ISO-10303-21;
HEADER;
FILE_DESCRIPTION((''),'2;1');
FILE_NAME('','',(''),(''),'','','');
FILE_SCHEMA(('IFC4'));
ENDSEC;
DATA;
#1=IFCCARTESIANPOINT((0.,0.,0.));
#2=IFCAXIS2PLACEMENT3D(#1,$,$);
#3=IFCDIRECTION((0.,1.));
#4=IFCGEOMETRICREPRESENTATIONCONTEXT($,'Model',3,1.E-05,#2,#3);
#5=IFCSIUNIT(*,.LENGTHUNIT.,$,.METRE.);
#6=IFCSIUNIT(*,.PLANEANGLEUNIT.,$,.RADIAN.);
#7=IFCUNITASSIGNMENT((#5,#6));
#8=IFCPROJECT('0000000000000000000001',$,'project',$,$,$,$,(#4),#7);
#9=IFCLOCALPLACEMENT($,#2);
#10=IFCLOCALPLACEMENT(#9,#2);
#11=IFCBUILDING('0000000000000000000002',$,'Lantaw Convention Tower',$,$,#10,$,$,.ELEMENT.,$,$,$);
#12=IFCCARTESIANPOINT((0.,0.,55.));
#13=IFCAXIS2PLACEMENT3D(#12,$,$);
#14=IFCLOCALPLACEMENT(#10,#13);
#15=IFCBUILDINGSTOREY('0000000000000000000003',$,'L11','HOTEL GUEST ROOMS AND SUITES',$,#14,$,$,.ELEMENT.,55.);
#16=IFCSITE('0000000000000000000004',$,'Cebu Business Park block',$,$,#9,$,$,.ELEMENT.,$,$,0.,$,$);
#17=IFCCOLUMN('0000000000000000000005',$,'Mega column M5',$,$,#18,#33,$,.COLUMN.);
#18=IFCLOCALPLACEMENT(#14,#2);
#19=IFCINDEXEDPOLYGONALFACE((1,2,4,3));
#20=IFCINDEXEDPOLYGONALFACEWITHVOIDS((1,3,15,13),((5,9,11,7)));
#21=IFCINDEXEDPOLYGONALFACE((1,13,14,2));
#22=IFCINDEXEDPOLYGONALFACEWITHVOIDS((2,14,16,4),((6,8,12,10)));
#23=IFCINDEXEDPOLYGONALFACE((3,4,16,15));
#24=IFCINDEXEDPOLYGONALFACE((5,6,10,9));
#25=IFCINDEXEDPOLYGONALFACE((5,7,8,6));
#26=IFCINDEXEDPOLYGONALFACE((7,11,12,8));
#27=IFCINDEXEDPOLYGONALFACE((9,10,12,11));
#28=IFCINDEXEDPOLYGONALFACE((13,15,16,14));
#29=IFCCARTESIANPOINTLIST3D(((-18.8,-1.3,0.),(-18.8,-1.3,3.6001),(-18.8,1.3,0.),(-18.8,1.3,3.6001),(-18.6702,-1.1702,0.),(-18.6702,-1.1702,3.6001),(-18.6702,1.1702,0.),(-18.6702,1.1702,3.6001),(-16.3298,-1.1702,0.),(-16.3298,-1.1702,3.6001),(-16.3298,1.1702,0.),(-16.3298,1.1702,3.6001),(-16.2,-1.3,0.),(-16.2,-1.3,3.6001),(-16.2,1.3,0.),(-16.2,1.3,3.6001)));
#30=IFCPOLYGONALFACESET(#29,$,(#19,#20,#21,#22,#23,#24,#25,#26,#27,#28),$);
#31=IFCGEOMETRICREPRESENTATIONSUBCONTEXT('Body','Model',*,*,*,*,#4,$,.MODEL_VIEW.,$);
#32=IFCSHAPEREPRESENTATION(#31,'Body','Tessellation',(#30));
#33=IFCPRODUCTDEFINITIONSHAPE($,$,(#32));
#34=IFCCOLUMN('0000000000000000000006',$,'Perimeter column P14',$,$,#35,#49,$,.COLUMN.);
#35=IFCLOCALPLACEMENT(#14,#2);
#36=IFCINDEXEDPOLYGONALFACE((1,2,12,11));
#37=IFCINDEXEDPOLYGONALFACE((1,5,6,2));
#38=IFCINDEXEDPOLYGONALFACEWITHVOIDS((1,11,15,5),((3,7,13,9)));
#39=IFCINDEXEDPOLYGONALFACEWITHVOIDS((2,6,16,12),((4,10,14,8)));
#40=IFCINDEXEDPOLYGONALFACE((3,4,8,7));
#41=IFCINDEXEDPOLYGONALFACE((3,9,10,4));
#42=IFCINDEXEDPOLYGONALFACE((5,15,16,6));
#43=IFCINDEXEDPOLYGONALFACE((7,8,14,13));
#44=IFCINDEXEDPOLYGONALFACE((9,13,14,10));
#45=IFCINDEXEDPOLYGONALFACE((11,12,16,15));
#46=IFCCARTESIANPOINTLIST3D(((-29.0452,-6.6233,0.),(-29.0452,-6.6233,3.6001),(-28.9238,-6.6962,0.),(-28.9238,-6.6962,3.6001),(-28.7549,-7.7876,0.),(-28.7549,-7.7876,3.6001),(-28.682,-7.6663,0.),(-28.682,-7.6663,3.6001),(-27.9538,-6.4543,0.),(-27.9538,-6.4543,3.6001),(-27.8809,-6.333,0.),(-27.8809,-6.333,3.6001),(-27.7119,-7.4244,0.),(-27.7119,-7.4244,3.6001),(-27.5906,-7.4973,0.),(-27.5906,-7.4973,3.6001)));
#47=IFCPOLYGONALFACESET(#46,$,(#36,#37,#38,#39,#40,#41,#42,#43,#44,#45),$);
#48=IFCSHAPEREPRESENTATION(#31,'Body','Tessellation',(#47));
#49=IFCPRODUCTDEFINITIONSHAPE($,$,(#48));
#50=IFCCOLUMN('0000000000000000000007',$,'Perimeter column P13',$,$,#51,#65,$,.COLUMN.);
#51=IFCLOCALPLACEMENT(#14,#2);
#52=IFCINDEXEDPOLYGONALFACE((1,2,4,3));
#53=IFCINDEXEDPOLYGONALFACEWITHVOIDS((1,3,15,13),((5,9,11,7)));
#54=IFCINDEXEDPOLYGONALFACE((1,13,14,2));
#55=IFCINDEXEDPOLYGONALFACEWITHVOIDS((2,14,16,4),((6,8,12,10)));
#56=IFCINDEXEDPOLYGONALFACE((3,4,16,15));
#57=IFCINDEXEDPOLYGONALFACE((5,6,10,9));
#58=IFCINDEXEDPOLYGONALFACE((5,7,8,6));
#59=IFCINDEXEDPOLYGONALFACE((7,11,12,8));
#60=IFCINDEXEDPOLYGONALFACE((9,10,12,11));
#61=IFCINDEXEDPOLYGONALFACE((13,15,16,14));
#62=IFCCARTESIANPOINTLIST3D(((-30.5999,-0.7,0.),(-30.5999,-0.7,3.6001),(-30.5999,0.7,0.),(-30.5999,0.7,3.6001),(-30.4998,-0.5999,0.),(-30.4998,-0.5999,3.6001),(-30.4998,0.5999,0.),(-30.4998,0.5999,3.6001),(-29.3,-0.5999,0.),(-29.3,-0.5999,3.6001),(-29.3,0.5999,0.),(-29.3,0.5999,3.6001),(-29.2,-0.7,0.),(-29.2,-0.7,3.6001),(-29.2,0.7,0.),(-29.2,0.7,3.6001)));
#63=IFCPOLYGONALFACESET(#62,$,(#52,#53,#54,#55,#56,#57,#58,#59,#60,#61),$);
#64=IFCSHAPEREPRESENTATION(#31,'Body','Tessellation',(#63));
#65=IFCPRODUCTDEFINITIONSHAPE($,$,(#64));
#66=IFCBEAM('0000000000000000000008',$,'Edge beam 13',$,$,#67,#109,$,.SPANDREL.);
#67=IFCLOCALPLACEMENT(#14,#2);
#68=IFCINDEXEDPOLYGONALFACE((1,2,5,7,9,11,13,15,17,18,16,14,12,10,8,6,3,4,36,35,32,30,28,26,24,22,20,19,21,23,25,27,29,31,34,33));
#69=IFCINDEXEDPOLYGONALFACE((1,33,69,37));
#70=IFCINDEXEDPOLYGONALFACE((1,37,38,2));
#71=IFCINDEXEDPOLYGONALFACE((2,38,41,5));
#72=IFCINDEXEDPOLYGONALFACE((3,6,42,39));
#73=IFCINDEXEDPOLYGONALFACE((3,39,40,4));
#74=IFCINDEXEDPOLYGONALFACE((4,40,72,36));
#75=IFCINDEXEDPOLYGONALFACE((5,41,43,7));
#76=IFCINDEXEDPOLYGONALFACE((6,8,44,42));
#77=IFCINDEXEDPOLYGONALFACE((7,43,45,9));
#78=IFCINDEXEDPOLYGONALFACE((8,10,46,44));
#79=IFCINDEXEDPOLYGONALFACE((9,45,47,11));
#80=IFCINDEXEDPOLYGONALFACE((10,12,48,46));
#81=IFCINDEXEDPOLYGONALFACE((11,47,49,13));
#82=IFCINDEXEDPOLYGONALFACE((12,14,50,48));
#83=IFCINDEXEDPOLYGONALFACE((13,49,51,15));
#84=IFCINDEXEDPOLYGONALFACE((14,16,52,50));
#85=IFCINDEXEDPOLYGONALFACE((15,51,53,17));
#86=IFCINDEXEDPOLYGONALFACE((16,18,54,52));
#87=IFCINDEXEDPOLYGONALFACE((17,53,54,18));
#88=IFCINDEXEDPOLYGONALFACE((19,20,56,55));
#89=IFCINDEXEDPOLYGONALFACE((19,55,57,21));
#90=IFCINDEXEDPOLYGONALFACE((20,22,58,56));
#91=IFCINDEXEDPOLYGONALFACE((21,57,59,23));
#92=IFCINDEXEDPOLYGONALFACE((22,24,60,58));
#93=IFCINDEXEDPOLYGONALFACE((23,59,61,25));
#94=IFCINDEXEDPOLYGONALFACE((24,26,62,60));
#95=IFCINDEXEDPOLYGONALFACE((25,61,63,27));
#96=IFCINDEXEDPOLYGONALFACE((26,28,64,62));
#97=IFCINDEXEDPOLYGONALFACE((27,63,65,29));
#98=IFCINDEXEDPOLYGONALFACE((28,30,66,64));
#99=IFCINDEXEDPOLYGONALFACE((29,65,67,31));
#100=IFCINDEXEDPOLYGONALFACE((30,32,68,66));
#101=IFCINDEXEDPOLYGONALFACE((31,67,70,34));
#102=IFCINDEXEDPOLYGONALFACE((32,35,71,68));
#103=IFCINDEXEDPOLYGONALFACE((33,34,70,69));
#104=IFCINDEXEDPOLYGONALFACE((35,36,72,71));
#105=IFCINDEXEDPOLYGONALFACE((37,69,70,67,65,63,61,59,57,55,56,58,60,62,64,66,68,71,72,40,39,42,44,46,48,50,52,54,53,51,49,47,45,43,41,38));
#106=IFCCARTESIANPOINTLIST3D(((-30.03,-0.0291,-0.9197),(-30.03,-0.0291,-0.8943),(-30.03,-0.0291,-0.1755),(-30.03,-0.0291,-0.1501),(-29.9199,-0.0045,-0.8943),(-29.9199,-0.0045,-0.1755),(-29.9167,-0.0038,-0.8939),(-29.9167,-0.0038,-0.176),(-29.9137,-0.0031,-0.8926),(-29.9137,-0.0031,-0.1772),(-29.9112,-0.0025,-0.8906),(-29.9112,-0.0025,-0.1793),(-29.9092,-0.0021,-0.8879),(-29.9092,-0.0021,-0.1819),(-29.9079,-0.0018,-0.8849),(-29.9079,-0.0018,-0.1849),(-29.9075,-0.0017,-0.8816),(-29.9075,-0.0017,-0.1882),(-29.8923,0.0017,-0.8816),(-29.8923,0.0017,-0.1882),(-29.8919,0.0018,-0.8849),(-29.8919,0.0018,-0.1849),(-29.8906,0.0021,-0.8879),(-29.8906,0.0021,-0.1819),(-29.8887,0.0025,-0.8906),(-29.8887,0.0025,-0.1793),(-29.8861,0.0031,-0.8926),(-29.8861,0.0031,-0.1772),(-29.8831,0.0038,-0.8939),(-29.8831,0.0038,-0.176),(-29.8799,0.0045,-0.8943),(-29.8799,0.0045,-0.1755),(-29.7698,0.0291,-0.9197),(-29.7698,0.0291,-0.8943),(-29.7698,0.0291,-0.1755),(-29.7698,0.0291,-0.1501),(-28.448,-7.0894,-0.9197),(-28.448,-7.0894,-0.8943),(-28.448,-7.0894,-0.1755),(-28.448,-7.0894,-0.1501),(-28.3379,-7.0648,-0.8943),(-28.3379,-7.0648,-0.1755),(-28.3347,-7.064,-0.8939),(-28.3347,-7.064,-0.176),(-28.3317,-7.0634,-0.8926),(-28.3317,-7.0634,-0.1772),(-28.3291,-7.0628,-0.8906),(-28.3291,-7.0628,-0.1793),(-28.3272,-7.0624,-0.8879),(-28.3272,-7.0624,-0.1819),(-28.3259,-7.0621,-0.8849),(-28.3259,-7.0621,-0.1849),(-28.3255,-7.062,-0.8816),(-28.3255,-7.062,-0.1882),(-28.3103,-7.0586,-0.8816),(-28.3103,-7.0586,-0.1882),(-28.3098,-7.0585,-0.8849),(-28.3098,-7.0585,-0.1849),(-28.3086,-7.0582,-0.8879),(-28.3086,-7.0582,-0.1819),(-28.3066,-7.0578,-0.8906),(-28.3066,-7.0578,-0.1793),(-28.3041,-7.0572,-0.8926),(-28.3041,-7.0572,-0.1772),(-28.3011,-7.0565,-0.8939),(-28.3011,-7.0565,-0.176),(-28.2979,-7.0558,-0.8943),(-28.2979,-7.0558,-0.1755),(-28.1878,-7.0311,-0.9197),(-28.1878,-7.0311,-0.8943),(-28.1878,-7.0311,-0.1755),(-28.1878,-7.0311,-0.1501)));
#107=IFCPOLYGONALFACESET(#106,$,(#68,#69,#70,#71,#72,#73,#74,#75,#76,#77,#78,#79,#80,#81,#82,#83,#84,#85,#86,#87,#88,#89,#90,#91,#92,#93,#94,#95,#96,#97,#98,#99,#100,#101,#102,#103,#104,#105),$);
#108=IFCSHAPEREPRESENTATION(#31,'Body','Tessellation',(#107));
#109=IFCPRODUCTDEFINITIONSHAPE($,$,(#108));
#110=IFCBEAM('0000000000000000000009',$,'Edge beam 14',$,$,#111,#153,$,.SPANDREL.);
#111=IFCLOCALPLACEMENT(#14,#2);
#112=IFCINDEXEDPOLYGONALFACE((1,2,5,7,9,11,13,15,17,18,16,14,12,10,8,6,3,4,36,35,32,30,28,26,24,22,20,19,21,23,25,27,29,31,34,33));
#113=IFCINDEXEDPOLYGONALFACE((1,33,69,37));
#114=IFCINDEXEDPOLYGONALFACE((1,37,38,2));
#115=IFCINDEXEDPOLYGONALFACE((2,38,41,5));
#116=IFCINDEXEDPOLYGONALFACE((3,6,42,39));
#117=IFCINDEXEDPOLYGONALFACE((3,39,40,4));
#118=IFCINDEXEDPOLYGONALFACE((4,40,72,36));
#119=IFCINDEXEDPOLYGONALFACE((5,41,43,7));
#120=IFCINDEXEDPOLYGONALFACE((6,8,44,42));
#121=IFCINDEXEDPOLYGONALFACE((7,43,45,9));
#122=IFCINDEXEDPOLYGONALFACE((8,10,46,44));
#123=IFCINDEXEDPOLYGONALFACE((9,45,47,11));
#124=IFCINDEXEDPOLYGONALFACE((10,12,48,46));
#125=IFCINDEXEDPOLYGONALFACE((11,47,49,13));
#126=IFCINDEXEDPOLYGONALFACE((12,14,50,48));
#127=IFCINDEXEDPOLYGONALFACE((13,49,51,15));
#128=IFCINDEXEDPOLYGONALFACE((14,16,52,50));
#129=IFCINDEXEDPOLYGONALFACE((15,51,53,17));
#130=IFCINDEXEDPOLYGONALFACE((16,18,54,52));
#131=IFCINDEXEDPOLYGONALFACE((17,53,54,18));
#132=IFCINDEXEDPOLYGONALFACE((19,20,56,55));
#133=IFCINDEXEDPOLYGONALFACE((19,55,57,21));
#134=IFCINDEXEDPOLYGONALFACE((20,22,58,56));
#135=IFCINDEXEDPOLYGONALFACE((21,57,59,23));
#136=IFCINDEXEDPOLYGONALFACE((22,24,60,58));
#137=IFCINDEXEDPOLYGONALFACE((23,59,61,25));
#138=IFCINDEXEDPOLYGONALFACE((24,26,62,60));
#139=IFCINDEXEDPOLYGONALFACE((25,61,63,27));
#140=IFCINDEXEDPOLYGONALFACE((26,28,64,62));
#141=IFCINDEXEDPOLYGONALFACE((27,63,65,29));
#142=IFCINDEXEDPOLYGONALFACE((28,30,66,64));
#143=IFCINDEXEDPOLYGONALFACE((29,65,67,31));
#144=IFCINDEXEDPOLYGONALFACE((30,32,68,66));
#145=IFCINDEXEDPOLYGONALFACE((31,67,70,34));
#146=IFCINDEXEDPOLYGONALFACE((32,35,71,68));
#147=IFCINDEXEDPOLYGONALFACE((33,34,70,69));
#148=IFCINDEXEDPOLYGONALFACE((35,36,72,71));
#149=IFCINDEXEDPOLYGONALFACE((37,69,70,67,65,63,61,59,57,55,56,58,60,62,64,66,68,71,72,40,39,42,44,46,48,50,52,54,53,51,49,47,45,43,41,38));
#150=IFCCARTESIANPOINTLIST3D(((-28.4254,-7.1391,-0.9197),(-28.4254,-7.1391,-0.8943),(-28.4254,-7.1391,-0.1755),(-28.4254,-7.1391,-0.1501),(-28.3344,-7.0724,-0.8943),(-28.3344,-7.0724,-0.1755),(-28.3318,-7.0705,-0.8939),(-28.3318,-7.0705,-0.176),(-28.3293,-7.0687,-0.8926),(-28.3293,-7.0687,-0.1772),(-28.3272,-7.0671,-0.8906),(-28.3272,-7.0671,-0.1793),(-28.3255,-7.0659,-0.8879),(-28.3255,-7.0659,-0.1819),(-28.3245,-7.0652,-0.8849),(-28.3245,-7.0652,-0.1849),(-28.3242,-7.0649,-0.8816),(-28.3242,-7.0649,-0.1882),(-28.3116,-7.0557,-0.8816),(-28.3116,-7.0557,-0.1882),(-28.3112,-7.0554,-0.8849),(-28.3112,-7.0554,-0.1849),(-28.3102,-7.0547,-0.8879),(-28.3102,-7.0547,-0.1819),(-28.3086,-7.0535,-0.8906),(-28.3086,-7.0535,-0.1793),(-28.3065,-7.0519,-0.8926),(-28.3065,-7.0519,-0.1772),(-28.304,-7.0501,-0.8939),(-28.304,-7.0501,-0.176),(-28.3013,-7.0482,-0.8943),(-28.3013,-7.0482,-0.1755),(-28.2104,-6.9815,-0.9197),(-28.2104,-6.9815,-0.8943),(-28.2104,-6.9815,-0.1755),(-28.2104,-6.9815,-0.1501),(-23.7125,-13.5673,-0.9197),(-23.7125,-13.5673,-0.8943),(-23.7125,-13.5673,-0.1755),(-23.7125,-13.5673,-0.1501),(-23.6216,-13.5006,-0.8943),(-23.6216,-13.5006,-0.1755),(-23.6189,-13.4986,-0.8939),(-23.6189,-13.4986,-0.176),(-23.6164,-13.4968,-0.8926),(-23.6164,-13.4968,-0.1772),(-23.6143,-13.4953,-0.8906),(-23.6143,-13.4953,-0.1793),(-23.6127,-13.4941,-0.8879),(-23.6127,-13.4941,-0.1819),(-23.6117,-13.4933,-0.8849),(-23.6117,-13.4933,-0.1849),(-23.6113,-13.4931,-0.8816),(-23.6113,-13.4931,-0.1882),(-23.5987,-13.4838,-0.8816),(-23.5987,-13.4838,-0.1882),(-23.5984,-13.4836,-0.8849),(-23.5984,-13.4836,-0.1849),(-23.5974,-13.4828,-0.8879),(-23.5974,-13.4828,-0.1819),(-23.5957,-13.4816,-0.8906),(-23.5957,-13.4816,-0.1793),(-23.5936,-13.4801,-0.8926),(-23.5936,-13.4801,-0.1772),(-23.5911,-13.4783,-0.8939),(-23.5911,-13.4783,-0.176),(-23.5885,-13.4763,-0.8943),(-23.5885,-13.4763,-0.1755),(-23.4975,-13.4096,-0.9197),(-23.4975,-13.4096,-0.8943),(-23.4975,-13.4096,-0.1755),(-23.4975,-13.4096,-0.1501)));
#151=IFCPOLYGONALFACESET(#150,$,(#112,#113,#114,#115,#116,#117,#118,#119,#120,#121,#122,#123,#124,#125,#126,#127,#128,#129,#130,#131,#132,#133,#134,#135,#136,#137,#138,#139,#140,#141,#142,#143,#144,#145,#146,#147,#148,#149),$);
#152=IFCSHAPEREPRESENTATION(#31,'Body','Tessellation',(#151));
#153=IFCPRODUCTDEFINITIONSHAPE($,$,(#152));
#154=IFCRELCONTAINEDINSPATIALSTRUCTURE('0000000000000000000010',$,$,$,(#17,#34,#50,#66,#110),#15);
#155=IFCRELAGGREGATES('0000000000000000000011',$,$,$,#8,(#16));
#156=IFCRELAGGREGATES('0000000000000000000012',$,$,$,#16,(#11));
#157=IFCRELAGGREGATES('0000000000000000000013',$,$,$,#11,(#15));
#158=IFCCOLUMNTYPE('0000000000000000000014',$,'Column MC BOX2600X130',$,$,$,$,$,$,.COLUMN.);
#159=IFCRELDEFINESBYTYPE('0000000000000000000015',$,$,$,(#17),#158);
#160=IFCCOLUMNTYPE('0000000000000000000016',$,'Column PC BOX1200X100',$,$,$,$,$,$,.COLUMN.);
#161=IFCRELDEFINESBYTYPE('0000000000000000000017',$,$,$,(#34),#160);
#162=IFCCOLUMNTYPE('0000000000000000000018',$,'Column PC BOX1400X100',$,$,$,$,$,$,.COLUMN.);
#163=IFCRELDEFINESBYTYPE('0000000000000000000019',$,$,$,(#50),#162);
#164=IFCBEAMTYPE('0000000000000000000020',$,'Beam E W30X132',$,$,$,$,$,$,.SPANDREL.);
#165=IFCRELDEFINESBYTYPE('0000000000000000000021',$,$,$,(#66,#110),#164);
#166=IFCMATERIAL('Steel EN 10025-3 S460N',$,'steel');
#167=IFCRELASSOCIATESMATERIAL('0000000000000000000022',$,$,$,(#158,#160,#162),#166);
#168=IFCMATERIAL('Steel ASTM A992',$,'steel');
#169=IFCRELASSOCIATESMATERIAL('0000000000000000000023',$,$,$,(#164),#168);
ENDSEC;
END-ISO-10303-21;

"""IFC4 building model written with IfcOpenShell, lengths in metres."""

from ifc_helpers import new_model, si_unit, direction, frame, origin, origin_2d, place, context, subcontext, project, spatial, rectangle, hollow_rectangle, i_section, extrude, material, material_profile, profile_set, type_object, element, save


model = new_model("IFC4")

# Units and contexts
model_context = context("Model", 3, precision=1e-05, world=origin(), true_north=direction((0.0, 1.0)))
body_context = subcontext(model_context, "Body", "Model", "MODEL_VIEW")
ifc_project = project(units=[si_unit("LENGTHUNIT", "METRE"), si_unit("PLANEANGLEUNIT", "RADIAN")], contexts=[model_context])

# Site, building, storey
site_placement = place(None, origin())
site = spatial("IfcSite", under=ifc_project, at=site_placement, Name="Cebu Business Park block", CompositionType="ELEMENT", RefElevation=0.0)
building_placement = place(site_placement, origin())
building = spatial("IfcBuilding", under=site, at=building_placement, Name="Lantaw Convention Tower", CompositionType="ELEMENT")
storey_placement = place(building_placement, frame((0.0, 0.0, 55.0)))
storey = spatial("IfcBuildingStorey", under=building, at=storey_placement, Name="L11", Description="HOTEL GUEST ROOMS AND SUITES", CompositionType="ELEMENT", Elevation=55.0)

# Columns
ifc_material_1 = material(Name="Steel EN 10025-3 S460N", Category="steel")
ifc_material_profile_1 = material_profile(ifc_material_1, hollow_rectangle(XDim=2.6001, YDim=2.6001, WallThickness=0.1299, at=origin_2d()), Name="BOX2600X130")
ifc_material_2 = material(Name="Concrete C60/75", Category="concrete")
ifc_material_profile_2 = material_profile(ifc_material_2, rectangle(XDim=2.3401, YDim=2.3401, at=origin_2d()), Name="Concrete fill of BOX2600X130")
ifc_profile_set_1 = profile_set([ifc_material_profile_1, ifc_material_profile_2], Name="Steel EN 10025-3 S460N")
column_type_1 = type_object("IfcColumnType", Name="Column MC BOX2600X130", PredefinedType="COLUMN", material=ifc_profile_set_1)
column_1_placement = place(storey_placement, frame((-17.5, 0.0, 0.0), z_axis=(0.0, 0.0, 1.0), x_axis=(1.0, 0.0, 0.0)))
element("IfcColumn", 1, at=column_1_placement, inside=storey, type_object=column_type_1, Name="Mega column M5", PredefinedType="COLUMN", context=body_context, shape_type="SweptSolid", body=[
    extrude(hollow_rectangle(XDim=2.6001, YDim=2.6001, WallThickness=0.1299, at=origin_2d()), origin(), (0.0, 0.0, 1.0), 3.6001),
])
ifc_material_profile_3 = material_profile(ifc_material_1, hollow_rectangle(XDim=1.2, YDim=1.2, WallThickness=0.1001, at=origin_2d()), Name="BOX1200X100")
ifc_material_profile_4 = material_profile(ifc_material_2, rectangle(XDim=1.0, YDim=1.0, at=origin_2d()), Name="Concrete fill of BOX1200X100")
ifc_profile_set_2 = profile_set([ifc_material_profile_3, ifc_material_profile_4], Name="Steel EN 10025-3 S460N")
column_type_2 = type_object("IfcColumnType", Name="Column PC BOX1200X100", PredefinedType="COLUMN", material=ifc_profile_set_2)
column_2_placement = place(storey_placement, frame((-28.3179, -7.0603, 0.0), z_axis=(0.0, 0.0, 1.0), x_axis=(0.970296, 0.241922, 0.0)))
element("IfcColumn", 2, at=column_2_placement, inside=storey, type_object=column_type_2, Name="Perimeter column P14", PredefinedType="COLUMN", context=body_context, shape_type="SweptSolid", body=[
    extrude(hollow_rectangle(XDim=1.2, YDim=1.2, WallThickness=0.1001, at=origin_2d()), origin(), (0.0, 0.0, 1.0), 3.6001),
])
ifc_material_profile_5 = material_profile(ifc_material_1, hollow_rectangle(XDim=1.3999, YDim=1.3999, WallThickness=0.1001, at=origin_2d()), Name="BOX1400X100")
ifc_material_profile_6 = material_profile(ifc_material_2, rectangle(XDim=1.2, YDim=1.2, at=origin_2d()), Name="Concrete fill of BOX1400X100")
ifc_profile_set_3 = profile_set([ifc_material_profile_5, ifc_material_profile_6], Name="Steel EN 10025-3 S460N")
column_type_3 = type_object("IfcColumnType", Name="Column PC BOX1400X100", PredefinedType="COLUMN", material=ifc_profile_set_3)
column_3_placement = place(storey_placement, frame((-29.8999, 0.0, 0.0), z_axis=(0.0, 0.0, 1.0), x_axis=(1.0, 0.0, 0.0)))
element("IfcColumn", 3, at=column_3_placement, inside=storey, type_object=column_type_3, Name="Perimeter column P13", PredefinedType="COLUMN", context=body_context, shape_type="SweptSolid", body=[
    extrude(hollow_rectangle(XDim=1.3999, YDim=1.3999, WallThickness=0.1001, at=origin_2d()), origin(), (0.0, 0.0, 1.0), 3.6001),
])

# Beams
ifc_material_3 = material(Name="Steel ASTM A992", Category="steel")
ifc_material_profile_7 = material_profile(ifc_material_3, i_section(OverallWidth=0.2666, OverallDepth=0.7695, WebThickness=0.0156, FlangeThickness=0.0254, FilletRadius=0.0127, at=origin_2d()), Name="W30X132")
ifc_profile_set_4 = profile_set([ifc_material_profile_7], Name="Steel ASTM A992")
beam_type_1 = type_object("IfcBeamType", Name="Beam E W30X132", PredefinedType="SPANDREL", material=ifc_profile_set_4)
beam_1_placement = place(storey_placement, frame((-29.8999, 0.0, -0.5349), z_axis=(0.218652, -0.975803, 0.0), x_axis=(0.975803, 0.218652, 0.0)))
element("IfcBeam", 4, at=beam_1_placement, inside=storey, type_object=beam_type_1, Name="Edge beam 13", PredefinedType="SPANDREL", context=body_context, shape_type="SweptSolid", body=[
    extrude(i_section(OverallWidth=0.2666, OverallDepth=0.7695, WebThickness=0.0156, FlangeThickness=0.0254, FilletRadius=0.0127, at=origin_2d()), origin(), (0.0, 0.0, 1.0), 7.2354),
])
beam_2_placement = place(storey_placement, frame((-28.3179, -7.0603, -0.5349), z_axis=(0.591271, -0.806473, 0.0), x_axis=(0.806473, 0.591271, 0.0)))
element("IfcBeam", 5, at=beam_2_placement, inside=storey, type_object=beam_type_1, Name="Edge beam 14", PredefinedType="SPANDREL", context=body_context, shape_type="SweptSolid", body=[
    extrude(i_section(OverallWidth=0.2666, OverallDepth=0.7695, WebThickness=0.0156, FlangeThickness=0.0254, FilletRadius=0.0127, at=origin_2d()), origin(), (0.0, 0.0, 1.0), 7.9707),
])

save(model, "model.ifc")
